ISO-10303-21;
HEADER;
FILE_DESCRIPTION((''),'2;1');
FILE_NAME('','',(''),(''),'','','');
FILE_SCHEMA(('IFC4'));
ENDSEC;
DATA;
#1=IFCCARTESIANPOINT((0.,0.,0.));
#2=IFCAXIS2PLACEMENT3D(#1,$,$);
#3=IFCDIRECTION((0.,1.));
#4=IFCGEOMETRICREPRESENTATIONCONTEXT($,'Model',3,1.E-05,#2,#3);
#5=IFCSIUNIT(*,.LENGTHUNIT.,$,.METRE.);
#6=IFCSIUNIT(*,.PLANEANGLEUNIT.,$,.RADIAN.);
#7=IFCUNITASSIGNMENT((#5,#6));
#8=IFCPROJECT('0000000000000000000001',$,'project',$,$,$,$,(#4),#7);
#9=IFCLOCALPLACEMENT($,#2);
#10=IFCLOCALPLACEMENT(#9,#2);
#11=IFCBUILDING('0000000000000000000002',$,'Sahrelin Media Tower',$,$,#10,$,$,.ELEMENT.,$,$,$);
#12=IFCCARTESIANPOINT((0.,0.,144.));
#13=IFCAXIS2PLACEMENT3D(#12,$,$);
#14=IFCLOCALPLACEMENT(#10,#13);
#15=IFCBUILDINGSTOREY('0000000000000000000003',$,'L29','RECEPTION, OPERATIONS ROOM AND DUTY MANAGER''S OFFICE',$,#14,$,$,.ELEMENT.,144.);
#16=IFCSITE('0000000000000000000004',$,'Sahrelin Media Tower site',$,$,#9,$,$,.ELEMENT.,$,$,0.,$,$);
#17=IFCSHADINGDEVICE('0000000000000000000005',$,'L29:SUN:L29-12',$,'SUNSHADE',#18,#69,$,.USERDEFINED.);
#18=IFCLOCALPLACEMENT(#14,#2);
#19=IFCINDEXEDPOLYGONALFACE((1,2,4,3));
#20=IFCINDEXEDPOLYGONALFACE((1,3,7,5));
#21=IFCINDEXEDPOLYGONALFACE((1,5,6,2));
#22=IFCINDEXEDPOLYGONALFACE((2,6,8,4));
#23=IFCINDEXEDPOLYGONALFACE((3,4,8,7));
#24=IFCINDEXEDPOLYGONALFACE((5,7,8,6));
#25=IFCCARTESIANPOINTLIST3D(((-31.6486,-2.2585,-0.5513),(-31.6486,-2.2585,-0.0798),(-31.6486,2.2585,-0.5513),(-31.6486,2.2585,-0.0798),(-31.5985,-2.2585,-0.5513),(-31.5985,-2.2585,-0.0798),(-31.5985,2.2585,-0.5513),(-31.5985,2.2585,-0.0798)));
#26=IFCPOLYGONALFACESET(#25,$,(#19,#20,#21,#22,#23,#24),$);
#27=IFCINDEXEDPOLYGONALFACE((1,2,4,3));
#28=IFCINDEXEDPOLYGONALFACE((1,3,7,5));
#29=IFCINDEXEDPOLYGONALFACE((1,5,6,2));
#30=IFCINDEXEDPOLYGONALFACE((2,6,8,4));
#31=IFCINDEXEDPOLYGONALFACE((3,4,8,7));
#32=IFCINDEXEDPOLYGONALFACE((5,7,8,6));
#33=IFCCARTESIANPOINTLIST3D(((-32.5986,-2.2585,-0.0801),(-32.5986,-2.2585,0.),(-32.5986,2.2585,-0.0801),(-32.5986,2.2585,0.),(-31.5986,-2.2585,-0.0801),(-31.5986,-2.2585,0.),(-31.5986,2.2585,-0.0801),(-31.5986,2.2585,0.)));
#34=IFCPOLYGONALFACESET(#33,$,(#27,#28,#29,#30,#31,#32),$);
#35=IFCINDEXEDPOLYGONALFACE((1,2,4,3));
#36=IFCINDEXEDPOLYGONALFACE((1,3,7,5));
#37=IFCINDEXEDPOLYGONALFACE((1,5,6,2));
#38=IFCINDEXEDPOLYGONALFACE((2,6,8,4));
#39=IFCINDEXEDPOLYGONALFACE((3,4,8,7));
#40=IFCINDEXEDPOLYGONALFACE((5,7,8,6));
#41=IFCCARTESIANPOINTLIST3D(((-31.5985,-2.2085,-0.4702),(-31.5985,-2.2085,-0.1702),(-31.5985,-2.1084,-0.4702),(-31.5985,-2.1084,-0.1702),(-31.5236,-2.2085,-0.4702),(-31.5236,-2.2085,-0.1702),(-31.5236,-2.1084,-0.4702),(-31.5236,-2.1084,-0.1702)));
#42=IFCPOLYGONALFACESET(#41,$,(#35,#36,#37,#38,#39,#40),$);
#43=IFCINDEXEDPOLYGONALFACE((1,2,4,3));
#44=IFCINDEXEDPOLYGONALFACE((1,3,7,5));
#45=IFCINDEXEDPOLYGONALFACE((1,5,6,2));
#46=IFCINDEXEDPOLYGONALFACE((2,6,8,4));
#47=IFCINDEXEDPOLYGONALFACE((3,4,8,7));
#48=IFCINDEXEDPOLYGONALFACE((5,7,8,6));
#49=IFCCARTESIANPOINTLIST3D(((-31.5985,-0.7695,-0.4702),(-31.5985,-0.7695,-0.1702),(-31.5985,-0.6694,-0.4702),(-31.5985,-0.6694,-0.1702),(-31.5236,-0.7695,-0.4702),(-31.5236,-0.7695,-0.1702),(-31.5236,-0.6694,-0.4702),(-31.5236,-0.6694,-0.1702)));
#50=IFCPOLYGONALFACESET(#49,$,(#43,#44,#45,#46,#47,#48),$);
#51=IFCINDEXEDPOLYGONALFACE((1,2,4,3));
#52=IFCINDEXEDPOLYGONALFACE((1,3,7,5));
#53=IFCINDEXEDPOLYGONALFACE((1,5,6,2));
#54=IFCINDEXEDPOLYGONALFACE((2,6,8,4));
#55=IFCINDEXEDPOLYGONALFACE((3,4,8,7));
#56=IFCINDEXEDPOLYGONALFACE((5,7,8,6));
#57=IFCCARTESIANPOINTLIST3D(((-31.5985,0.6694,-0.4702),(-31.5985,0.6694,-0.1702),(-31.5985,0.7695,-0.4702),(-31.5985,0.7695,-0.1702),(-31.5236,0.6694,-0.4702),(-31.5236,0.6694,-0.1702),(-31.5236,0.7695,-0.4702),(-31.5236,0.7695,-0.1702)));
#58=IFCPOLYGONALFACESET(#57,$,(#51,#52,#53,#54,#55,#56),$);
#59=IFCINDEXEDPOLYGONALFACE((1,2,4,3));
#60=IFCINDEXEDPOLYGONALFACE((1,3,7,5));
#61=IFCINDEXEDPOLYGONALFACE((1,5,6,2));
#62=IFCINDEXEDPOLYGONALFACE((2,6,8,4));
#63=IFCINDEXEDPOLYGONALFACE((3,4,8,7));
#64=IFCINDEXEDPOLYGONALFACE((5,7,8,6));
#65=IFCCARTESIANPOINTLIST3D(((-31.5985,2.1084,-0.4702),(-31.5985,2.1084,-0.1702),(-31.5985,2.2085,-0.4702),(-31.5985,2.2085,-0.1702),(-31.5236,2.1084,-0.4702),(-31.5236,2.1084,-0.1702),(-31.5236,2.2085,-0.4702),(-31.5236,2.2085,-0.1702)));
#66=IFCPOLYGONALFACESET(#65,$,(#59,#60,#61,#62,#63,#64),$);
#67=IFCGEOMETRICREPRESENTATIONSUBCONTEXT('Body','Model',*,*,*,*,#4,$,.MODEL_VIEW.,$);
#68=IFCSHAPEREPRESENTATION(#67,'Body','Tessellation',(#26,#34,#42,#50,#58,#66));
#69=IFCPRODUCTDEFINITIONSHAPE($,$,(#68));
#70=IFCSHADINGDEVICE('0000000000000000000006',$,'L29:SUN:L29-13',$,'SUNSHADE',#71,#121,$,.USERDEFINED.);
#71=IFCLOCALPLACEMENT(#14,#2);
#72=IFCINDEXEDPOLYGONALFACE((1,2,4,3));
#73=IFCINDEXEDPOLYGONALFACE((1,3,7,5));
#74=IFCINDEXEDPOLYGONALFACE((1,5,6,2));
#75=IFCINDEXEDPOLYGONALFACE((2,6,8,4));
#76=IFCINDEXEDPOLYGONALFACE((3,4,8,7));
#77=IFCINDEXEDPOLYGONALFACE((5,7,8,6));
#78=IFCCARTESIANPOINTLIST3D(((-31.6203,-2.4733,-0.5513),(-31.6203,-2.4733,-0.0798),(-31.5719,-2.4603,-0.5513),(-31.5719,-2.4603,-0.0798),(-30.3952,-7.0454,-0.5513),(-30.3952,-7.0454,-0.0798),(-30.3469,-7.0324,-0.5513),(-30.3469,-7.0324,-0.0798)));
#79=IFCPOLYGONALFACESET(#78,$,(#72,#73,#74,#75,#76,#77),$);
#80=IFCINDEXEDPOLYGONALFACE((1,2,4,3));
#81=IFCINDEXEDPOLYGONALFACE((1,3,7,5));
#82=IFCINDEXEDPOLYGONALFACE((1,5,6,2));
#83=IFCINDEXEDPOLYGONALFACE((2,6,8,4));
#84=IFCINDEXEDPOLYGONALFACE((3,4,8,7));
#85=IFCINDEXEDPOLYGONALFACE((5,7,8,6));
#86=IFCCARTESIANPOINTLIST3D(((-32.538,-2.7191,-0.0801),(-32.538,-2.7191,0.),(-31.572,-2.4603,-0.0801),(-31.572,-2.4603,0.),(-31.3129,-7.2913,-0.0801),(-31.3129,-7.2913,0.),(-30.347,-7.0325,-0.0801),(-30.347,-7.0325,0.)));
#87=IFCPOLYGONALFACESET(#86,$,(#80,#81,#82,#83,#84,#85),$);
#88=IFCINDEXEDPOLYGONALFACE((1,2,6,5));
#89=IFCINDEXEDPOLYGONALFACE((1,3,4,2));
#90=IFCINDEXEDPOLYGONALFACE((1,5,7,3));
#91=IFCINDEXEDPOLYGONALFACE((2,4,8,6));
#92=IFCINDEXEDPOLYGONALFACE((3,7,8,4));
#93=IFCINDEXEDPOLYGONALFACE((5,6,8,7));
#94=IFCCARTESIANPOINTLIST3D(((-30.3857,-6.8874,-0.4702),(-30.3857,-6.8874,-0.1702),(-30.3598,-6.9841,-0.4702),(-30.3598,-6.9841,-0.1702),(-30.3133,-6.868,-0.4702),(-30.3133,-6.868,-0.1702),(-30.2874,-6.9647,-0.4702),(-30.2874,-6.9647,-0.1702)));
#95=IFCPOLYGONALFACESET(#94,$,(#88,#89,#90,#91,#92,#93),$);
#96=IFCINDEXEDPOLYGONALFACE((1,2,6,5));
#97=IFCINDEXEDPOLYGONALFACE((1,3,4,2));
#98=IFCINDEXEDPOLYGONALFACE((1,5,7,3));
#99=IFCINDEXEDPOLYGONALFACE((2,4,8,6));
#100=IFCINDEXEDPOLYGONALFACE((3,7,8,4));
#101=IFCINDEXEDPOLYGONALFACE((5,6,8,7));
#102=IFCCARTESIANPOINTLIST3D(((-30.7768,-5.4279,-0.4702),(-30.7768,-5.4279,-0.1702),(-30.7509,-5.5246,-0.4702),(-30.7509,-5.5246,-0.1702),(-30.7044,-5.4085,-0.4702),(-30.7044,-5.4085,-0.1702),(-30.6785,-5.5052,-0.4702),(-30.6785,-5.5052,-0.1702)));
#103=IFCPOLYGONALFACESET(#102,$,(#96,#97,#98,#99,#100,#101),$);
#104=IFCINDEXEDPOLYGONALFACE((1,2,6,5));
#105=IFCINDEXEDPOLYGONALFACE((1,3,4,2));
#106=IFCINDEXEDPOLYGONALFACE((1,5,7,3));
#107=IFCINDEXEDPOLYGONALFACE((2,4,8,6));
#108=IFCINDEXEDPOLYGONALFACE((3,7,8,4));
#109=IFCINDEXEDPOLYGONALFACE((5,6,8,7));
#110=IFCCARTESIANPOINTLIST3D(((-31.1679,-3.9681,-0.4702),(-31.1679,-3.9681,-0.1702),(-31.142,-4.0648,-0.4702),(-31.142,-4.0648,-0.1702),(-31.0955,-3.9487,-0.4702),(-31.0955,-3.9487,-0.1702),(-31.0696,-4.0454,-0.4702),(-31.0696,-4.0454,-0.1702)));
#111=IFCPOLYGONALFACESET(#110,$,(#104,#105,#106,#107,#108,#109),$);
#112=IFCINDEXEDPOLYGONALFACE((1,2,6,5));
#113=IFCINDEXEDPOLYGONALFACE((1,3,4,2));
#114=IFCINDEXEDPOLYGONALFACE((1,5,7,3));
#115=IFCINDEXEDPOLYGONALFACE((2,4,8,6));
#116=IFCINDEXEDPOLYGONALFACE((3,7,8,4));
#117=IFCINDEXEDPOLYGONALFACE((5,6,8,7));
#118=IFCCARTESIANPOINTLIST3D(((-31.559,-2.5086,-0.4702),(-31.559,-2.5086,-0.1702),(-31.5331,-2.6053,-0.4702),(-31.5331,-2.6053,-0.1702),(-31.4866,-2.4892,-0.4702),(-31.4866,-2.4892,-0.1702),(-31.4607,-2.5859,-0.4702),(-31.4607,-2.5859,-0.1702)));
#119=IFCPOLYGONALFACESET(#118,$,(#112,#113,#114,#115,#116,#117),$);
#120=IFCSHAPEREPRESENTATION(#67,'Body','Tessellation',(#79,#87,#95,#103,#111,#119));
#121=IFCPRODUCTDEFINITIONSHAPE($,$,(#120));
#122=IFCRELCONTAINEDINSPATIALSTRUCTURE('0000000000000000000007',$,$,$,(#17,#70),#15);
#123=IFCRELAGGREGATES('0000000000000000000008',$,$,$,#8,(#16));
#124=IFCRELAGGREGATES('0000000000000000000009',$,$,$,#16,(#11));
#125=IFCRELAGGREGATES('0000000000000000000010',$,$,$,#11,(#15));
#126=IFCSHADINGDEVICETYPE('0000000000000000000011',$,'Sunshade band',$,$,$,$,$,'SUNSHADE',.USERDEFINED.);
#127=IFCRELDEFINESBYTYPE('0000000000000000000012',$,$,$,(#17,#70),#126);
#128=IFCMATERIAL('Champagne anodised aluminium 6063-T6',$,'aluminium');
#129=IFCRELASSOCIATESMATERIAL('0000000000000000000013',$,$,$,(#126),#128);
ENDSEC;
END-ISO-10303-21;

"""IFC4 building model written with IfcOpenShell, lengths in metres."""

from ifc_helpers import new_model, si_unit, direction, frame, origin, origin_2d, place, context, subcontext, project, spatial, rectangle, extrude, material, type_object, element, save


model = new_model("IFC4")

# Units and contexts
model_context = context("Model", 3, precision=1e-05, world=origin(), true_north=direction((0.0, 1.0)))
body_context = subcontext(model_context, "Body", "Model", "MODEL_VIEW")
ifc_project = project(units=[si_unit("LENGTHUNIT", "METRE"), si_unit("PLANEANGLEUNIT", "RADIAN")], contexts=[model_context])

# Site, building, storey
site_placement = place(None, origin())
site = spatial("IfcSite", under=ifc_project, at=site_placement, Name="Sahrelin Media Tower site", CompositionType="ELEMENT", RefElevation=0.0)
building_placement = place(site_placement, origin())
building = spatial("IfcBuilding", under=site, at=building_placement, Name="Sahrelin Media Tower", CompositionType="ELEMENT")
storey_placement = place(building_placement, frame((0.0, 0.0, 144.0)))
storey = spatial("IfcBuildingStorey", under=building, at=storey_placement, Name="L29", Description="RECEPTION, OPERATIONS ROOM AND DUTY MANAGER'S OFFICE", CompositionType="ELEMENT", Elevation=144.0)

# Shared definitions
ifc_material_1 = material(Name="Champagne anodised aluminium 6063-T6", Category="aluminium")

# Shading devices
placement_1 = place(storey_placement, frame((-31.5786, 0.0, 0.0), z_axis=(0.0, 0.0, 1.0), x_axis=(0.0, 1.0, 0.0)))
placement_2 = place(storey_placement, frame((-30.9402, -4.7412, 0.0), z_axis=(0.0, 0.0, 1.0), x_axis=(-0.258808, 0.965929, 0.0)))
shading_device_type_1 = type_object("IfcShadingDeviceType", Name="Sunshade band", ElementType="SUNSHADE", PredefinedType="USERDEFINED", material=ifc_material_1)
element("IfcShadingDevice", 1, at=placement_1, inside=storey, type_object=shading_device_type_1, Name="L29:SUN:L29-12", ObjectType="SUNSHADE", PredefinedType="USERDEFINED", context=body_context, shape_type="SweptSolid", body=[
    extrude(rectangle(XDim=4.5171, YDim=0.05, at=origin_2d()), frame((0.0, 0.0449, -0.5513)), (0.0, 0.0, 1.0), 0.4714),
    extrude(rectangle(XDim=4.5171, YDim=1.0, at=origin_2d()), frame((0.0, 0.52, -0.0801)), (0.0, 0.0, 1.0), 0.0801),
    extrude(rectangle(XDim=0.1001, YDim=0.075, at=origin_2d()), frame((-2.1584, -0.0176, -0.4702)), (0.0, 0.0, 1.0), 0.3),
    extrude(rectangle(XDim=0.1001, YDim=0.075, at=origin_2d()), frame((-0.7195, -0.0176, -0.4702)), (0.0, 0.0, 1.0), 0.3),
    extrude(rectangle(XDim=0.1001, YDim=0.075, at=origin_2d()), frame((0.7195, -0.0176, -0.4702)), (0.0, 0.0, 1.0), 0.3),
    extrude(rectangle(XDim=0.1001, YDim=0.075, at=origin_2d()), frame((2.1584, -0.0176, -0.4702)), (0.0, 0.0, 1.0), 0.3),
])
element("IfcShadingDevice", 2, at=placement_2, inside=storey, type_object=shading_device_type_1, Name="L29:SUN:L29-13", ObjectType="SUNSHADE", PredefinedType="USERDEFINED", context=body_context, shape_type="SweptSolid", body=[
    extrude(rectangle(XDim=4.7334, YDim=0.05, at=origin_2d()), frame((0.0, 0.0449, -0.5513)), (0.0, 0.0, 1.0), 0.4714),
    extrude(rectangle(XDim=4.7334, YDim=1.0, at=origin_2d()), frame((0.0, 0.52, -0.0801)), (0.0, 0.0, 1.0), 0.0801),
    extrude(rectangle(XDim=0.1001, YDim=0.075, at=origin_2d()), frame((-2.2666, -0.0176, -0.4702)), (0.0, 0.0, 1.0), 0.3),
    extrude(rectangle(XDim=0.1001, YDim=0.075, at=origin_2d()), frame((-0.7556, -0.0176, -0.4702)), (0.0, 0.0, 1.0), 0.3),
    extrude(rectangle(XDim=0.1001, YDim=0.075, at=origin_2d()), frame((0.7556, -0.0176, -0.4702)), (0.0, 0.0, 1.0), 0.3),
    extrude(rectangle(XDim=0.1001, YDim=0.075, at=origin_2d()), frame((2.2666, -0.0176, -0.4702)), (0.0, 0.0, 1.0), 0.3),
])

save(model, "model.ifc")
